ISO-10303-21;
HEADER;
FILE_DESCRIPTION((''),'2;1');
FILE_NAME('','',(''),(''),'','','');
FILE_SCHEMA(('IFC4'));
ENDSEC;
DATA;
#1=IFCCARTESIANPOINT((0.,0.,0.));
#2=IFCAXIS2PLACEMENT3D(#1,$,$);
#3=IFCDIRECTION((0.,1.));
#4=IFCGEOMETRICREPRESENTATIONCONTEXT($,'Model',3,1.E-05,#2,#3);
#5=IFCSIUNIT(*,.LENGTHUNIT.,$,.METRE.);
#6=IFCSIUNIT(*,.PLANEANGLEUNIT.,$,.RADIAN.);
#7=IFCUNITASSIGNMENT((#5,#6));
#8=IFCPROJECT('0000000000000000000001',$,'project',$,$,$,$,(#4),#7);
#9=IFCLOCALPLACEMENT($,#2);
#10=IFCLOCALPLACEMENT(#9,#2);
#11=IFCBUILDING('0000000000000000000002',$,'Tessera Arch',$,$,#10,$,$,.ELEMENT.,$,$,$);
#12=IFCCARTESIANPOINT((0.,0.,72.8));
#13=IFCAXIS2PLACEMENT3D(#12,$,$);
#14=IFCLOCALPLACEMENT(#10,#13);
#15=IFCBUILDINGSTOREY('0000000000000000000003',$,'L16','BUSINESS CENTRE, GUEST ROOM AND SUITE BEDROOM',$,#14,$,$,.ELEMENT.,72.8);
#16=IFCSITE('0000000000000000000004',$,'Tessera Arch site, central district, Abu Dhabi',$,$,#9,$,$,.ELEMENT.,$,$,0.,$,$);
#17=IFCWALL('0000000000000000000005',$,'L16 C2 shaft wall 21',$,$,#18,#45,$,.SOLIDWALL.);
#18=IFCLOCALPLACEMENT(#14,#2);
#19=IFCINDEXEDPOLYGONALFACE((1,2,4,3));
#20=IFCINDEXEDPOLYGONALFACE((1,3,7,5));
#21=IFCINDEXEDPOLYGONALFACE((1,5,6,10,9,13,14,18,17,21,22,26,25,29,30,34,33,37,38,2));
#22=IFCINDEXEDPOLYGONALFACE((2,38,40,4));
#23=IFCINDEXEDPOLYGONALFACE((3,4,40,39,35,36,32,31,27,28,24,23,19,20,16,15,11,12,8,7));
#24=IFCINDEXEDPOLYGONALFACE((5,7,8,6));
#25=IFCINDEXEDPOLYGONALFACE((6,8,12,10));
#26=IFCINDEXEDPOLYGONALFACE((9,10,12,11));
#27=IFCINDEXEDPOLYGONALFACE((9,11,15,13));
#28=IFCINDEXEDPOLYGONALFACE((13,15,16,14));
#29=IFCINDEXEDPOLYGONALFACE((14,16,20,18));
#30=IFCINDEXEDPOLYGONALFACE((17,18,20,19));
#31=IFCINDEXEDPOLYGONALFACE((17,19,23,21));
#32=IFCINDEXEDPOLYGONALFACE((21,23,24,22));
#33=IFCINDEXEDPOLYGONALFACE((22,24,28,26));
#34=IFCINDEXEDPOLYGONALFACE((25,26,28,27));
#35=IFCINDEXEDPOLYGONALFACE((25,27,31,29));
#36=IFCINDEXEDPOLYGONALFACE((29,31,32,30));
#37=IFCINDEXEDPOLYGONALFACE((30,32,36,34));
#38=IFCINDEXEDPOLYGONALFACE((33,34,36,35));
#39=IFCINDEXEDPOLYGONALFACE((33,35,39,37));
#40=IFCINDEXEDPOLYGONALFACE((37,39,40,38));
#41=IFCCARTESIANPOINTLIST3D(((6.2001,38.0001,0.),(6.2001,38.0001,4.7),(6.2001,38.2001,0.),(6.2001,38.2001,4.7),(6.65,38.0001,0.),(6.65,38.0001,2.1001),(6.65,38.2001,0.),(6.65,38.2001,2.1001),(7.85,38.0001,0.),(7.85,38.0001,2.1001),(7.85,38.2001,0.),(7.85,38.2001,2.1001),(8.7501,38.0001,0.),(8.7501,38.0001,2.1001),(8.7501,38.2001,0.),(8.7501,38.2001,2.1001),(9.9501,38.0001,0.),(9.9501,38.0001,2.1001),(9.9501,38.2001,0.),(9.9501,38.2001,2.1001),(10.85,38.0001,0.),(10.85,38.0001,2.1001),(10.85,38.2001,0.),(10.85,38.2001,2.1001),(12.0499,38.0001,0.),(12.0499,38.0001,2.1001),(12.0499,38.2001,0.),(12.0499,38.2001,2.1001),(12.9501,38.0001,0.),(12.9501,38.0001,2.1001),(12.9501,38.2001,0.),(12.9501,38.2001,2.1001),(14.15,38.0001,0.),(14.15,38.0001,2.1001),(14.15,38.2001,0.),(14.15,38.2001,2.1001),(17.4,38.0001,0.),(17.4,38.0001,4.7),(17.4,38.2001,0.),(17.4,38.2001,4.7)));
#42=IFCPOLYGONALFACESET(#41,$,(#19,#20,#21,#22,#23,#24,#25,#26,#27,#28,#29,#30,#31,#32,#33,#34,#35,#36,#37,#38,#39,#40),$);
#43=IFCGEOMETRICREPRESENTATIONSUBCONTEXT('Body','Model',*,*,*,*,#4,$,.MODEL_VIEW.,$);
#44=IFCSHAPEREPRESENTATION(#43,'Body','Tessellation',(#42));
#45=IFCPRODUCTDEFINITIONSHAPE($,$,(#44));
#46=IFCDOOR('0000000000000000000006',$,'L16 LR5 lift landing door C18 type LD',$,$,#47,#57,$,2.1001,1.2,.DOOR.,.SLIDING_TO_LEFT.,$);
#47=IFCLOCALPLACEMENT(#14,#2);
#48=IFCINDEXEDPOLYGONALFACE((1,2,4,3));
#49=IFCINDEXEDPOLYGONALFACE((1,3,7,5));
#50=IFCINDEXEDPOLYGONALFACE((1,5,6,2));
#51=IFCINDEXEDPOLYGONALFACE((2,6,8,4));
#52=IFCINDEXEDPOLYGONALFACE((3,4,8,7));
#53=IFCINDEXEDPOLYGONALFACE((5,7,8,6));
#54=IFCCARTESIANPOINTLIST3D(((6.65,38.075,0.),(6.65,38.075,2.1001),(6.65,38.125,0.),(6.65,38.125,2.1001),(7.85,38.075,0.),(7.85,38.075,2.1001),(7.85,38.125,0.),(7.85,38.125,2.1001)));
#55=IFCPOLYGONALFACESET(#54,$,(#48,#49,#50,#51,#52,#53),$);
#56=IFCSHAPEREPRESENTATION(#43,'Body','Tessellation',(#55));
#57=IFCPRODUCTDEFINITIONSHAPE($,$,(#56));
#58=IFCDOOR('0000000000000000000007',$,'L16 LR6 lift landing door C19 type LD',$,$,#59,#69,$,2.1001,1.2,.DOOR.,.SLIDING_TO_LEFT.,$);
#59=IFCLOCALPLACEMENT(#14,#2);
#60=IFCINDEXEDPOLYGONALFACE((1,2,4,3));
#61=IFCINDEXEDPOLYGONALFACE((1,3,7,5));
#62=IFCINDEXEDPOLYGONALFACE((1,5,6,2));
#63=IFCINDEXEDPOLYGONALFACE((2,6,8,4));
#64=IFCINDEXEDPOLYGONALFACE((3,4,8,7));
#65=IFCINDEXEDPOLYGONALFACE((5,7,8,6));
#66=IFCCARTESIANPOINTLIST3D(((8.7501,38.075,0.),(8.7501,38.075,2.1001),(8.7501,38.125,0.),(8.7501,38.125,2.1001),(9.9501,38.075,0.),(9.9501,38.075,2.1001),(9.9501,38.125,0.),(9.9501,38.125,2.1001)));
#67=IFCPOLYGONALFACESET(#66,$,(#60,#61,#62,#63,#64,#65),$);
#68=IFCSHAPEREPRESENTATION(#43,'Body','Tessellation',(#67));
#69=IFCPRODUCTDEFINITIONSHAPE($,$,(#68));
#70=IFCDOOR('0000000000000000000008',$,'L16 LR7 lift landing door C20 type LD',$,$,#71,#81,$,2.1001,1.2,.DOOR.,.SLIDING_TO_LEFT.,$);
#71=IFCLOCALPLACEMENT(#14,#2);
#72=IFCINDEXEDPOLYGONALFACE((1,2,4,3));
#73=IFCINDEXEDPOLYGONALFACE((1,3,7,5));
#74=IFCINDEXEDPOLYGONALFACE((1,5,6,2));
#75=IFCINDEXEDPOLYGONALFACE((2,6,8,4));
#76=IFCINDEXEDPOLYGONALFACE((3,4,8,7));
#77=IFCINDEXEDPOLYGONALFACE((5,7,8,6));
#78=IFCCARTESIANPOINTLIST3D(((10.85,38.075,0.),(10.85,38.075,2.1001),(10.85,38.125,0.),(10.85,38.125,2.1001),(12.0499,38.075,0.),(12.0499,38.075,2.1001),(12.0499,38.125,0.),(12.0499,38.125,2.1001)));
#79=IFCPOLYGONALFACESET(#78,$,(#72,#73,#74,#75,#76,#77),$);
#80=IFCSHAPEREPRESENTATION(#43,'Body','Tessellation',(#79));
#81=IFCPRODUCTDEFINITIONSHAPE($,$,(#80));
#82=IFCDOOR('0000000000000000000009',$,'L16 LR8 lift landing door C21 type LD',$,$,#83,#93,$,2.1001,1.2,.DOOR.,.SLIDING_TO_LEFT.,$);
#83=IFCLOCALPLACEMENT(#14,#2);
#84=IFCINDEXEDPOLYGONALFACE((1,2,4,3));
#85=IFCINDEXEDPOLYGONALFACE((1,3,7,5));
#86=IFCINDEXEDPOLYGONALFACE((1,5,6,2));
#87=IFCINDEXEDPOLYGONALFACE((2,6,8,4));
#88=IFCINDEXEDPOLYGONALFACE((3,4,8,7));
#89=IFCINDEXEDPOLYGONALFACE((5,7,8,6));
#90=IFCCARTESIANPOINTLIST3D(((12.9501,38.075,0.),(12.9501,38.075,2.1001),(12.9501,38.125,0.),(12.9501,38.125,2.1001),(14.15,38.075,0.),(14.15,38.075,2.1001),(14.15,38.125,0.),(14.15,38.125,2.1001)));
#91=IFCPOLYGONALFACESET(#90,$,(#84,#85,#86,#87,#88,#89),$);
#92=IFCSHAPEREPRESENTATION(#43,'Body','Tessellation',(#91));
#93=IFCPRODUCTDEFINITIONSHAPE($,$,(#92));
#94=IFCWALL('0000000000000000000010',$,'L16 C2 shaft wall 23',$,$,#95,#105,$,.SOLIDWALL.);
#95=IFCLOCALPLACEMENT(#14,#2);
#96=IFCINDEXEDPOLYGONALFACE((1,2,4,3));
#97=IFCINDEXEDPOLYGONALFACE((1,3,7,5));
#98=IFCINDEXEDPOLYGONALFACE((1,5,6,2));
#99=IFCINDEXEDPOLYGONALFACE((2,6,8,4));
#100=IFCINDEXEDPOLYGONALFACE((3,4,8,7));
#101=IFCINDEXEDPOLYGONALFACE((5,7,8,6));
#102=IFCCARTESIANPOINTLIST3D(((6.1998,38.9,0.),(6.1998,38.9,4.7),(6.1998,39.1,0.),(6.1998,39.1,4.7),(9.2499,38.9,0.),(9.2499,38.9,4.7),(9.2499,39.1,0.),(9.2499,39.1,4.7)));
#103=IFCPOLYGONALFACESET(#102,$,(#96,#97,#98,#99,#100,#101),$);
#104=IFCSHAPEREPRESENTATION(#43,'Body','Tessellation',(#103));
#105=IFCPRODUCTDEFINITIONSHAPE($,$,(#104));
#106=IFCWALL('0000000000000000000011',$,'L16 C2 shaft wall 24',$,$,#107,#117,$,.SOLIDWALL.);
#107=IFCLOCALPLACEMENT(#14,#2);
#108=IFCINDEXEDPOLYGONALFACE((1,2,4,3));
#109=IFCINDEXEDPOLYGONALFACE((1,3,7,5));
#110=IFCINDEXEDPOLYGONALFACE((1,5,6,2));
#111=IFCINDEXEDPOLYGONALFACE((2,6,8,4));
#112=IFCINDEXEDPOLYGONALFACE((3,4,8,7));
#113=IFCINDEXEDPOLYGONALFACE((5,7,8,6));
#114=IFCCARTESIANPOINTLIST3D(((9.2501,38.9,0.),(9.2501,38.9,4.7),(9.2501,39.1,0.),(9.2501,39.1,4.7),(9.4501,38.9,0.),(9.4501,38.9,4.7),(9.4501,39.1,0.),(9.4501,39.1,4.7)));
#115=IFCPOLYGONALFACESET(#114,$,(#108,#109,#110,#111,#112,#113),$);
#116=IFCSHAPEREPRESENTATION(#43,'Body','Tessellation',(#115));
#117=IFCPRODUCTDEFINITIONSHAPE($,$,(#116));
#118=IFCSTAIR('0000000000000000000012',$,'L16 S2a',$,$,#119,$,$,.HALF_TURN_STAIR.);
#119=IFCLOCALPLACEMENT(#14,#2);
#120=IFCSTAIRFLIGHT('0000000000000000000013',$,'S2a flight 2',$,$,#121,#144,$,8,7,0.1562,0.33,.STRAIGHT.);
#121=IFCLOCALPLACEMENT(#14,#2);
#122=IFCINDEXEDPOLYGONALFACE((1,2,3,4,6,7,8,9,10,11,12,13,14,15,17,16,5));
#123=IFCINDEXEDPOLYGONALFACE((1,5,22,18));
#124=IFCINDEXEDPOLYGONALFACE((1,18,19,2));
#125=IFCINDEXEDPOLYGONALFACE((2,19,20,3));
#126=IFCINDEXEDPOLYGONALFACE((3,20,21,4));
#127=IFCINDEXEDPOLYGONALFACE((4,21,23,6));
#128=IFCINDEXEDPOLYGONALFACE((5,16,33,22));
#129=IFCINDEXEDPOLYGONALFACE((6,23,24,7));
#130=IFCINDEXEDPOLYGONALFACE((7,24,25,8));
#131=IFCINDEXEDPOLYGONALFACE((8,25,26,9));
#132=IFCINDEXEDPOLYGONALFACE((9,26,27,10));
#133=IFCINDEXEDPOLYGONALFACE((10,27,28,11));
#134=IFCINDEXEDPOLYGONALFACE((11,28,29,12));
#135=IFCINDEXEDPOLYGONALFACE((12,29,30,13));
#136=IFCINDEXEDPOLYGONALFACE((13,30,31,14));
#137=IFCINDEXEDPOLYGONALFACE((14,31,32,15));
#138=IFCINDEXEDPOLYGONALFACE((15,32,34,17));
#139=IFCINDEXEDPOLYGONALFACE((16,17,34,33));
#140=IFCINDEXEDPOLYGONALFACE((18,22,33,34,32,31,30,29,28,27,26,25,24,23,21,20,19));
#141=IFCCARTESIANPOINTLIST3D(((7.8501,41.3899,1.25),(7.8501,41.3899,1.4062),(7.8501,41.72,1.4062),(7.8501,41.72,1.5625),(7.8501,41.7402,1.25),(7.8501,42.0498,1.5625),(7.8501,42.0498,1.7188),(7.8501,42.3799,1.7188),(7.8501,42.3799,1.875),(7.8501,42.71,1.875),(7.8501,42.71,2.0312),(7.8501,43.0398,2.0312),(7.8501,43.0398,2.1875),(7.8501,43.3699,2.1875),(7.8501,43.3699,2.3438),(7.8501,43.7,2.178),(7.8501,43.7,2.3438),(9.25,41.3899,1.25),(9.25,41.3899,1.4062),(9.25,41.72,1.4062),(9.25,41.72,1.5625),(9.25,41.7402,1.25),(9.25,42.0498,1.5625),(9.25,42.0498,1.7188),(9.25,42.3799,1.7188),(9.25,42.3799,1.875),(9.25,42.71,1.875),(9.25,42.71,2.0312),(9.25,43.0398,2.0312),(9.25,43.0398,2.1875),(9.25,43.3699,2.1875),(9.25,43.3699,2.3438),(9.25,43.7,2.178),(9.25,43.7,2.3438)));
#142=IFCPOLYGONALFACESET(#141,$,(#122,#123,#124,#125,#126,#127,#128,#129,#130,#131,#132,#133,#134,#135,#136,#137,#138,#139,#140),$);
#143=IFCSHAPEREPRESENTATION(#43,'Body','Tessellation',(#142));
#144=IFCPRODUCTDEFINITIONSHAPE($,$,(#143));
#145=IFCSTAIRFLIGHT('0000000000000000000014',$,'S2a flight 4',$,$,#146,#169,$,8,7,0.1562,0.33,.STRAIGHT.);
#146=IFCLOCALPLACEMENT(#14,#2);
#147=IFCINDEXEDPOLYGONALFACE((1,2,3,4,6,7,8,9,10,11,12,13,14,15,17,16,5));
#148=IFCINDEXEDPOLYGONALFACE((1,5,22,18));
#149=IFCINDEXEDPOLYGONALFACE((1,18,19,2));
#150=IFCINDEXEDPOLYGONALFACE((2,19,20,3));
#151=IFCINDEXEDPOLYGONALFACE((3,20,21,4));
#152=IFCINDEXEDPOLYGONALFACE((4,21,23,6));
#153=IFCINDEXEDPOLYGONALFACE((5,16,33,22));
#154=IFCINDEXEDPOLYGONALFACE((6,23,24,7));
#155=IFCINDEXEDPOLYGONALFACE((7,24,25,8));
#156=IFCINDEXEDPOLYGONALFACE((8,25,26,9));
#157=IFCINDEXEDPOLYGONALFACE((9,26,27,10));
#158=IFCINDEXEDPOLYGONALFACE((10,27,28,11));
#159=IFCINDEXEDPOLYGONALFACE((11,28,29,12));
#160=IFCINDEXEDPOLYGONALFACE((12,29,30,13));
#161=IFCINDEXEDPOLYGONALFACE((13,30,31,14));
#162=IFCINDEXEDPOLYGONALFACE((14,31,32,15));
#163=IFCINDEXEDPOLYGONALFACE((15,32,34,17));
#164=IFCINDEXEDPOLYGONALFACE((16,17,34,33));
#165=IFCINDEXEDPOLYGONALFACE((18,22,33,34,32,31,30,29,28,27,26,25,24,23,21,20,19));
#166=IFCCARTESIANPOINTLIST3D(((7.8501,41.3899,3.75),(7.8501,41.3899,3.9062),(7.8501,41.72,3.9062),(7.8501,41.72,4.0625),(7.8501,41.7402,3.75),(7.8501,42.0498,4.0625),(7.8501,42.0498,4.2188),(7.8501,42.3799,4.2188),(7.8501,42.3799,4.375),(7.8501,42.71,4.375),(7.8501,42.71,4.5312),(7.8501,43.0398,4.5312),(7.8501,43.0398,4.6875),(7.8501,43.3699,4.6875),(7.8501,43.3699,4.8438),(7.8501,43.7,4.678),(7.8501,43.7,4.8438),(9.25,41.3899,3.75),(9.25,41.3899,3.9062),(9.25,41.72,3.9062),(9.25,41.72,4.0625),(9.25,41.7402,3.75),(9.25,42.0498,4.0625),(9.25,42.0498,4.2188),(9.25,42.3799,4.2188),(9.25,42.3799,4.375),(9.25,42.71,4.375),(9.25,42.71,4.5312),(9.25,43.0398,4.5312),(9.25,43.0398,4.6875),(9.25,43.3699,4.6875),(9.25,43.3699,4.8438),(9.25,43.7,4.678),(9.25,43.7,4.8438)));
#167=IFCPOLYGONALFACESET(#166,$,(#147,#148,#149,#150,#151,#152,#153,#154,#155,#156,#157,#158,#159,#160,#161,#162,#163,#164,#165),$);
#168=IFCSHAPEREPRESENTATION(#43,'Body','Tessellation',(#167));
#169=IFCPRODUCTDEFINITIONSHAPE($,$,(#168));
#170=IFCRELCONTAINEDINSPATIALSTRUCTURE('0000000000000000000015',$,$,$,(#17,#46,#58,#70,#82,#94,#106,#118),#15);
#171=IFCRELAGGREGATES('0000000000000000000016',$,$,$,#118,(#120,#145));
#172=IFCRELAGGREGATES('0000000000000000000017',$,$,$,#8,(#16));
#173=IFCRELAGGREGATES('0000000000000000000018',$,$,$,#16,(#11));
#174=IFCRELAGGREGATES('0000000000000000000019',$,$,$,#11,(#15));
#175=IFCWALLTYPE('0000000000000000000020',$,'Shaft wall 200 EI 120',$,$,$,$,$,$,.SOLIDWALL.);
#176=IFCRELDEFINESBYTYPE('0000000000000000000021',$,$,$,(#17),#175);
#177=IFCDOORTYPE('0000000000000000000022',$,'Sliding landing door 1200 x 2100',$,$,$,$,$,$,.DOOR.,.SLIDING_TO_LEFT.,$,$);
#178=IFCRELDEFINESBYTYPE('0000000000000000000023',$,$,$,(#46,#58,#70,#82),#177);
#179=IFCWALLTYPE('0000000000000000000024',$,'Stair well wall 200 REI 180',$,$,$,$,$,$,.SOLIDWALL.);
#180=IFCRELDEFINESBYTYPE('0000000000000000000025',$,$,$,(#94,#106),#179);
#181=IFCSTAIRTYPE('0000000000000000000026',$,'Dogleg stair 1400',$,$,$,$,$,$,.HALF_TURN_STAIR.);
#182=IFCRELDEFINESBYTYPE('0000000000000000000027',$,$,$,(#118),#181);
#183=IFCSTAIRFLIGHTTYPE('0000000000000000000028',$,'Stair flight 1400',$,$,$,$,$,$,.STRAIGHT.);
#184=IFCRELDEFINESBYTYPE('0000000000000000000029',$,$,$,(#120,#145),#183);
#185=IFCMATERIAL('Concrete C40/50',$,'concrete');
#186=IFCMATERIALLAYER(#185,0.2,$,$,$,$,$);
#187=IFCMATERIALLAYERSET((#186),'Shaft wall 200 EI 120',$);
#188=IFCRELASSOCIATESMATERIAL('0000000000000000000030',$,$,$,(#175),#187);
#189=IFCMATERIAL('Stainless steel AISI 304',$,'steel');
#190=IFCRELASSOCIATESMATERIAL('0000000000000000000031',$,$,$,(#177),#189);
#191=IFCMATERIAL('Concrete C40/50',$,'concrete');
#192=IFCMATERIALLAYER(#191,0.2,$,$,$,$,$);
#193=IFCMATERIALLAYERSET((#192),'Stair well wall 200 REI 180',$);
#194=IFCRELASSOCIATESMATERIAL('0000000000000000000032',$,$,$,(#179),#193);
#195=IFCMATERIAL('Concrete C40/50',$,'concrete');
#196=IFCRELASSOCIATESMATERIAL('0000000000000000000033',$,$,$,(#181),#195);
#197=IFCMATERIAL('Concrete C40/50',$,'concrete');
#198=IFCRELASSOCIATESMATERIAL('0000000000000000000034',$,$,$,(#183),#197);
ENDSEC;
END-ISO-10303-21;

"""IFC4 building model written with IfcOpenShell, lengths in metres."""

from ifc_helpers import new_model, si_unit, direction, frame, frame_2d, origin, place, context, subcontext, project, spatial, polyline, rectangle, outline, extrude, material, layer, layer_set, type_object, element, fill, aggregate, save


model = new_model("IFC4")

# Units and contexts
model_context = context("Model", 3, precision=1e-05, world=origin(), true_north=direction((0.0, 1.0)))
body_context = subcontext(model_context, "Body", "Model", "MODEL_VIEW")
ifc_project = project(units=[si_unit("LENGTHUNIT", "METRE"), si_unit("PLANEANGLEUNIT", "RADIAN")], contexts=[model_context])

# Site, building, storey
site_placement = place(None, origin())
site = spatial("IfcSite", under=ifc_project, at=site_placement, Name="Tessera Arch site, central district, Abu Dhabi", CompositionType="ELEMENT", RefElevation=0.0)
building_placement = place(site_placement, origin())
building = spatial("IfcBuilding", under=site, at=building_placement, Name="Tessera Arch", CompositionType="ELEMENT")
storey_placement = place(building_placement, frame((0.0, 0.0, 72.8)))
storey = spatial("IfcBuildingStorey", under=building, at=storey_placement, Name="L16", Description="BUSINESS CENTRE, GUEST ROOM AND SUITE BEDROOM", CompositionType="ELEMENT", Elevation=72.8)

# Shared definitions
ifc_material_1 = material(Name="Concrete C40/50", Category="concrete")
ifc_layer_1 = layer(ifc_material_1, 0.2)
ifc_layer_set_1 = layer_set([ifc_layer_1], Name="Shaft wall 200 EI 120")
wall_type_1 = type_object("IfcWallType", Name="Shaft wall 200 EI 120", PredefinedType="SOLIDWALL", material=ifc_layer_set_1)

# Wall, openings, doors
wall_1_placement = place(storey_placement, frame((6.2, 38.1001, 0.0), z_axis=(0.0, 0.0, 1.0), x_axis=(1.0, 0.0, 0.0)))
wall_1 = element("IfcWall", 1, at=wall_1_placement, inside=storey, type_object=wall_type_1, Name="L16 C2 shaft wall 21", PredefinedType="SOLIDWALL", context=body_context, shape_type="SweptSolid", body=[
    extrude(rectangle(XDim=11.2, YDim=0.2, at=frame_2d((5.6001, 0.0))), origin(), (0.0, 0.0, 1.0), 4.7),
])
opening_1_placement = place(wall_1_placement, frame((0.45, 0.0, 0.0)))
opening_1 = element("IfcOpeningElement", 2, at=opening_1_placement, cuts=wall_1, PredefinedType="OPENING", context=body_context, shape_type="SweptSolid", body=[
    extrude(rectangle(XDim=1.2, YDim=2.1001, at=frame_2d((0.6001, 1.05))), frame((0.0, 0.1099, 0.0), z_axis=(0.0, -1.0, 0.0), x_axis=(1.0, 0.0, 0.0)), (0.0, 0.0, 1.0), 0.22),
])
opening_2_placement = place(wall_1_placement, frame((2.55, 0.0, 0.0)))
opening_2 = element("IfcOpeningElement", 3, at=opening_2_placement, cuts=wall_1, PredefinedType="OPENING", context=body_context, shape_type="SweptSolid", body=[
    extrude(rectangle(XDim=1.2, YDim=2.1001, at=frame_2d((0.6001, 1.05))), frame((0.0, 0.1099, 0.0), z_axis=(0.0, -1.0, 0.0), x_axis=(1.0, 0.0, 0.0)), (0.0, 0.0, 1.0), 0.22),
])
opening_3_placement = place(wall_1_placement, frame((4.6499, 0.0, 0.0)))
opening_3 = element("IfcOpeningElement", 4, at=opening_3_placement, cuts=wall_1, PredefinedType="OPENING", context=body_context, shape_type="SweptSolid", body=[
    extrude(rectangle(XDim=1.2, YDim=2.1001, at=frame_2d((0.6001, 1.05))), frame((0.0, 0.1099, 0.0), z_axis=(0.0, -1.0, 0.0), x_axis=(1.0, 0.0, 0.0)), (0.0, 0.0, 1.0), 0.22),
])
opening_4_placement = place(wall_1_placement, frame((6.75, 0.0, 0.0)))
opening_4 = element("IfcOpeningElement", 5, at=opening_4_placement, cuts=wall_1, PredefinedType="OPENING", context=body_context, shape_type="SweptSolid", body=[
    extrude(rectangle(XDim=1.2, YDim=2.1001, at=frame_2d((0.6001, 1.05))), frame((0.0, 0.1099, 0.0), z_axis=(0.0, -1.0, 0.0), x_axis=(1.0, 0.0, 0.0)), (0.0, 0.0, 1.0), 0.22),
])
ifc_material_2 = material(Name="Stainless steel AISI 304", Category="steel")
door_type = type_object("IfcDoorType", Name="Sliding landing door 1200 x 2100", OperationType="SLIDING_TO_LEFT", PredefinedType="DOOR", material=ifc_material_2)
door_1_placement = place(opening_1_placement, origin())
door_1 = element("IfcDoor", 6, at=door_1_placement, inside=storey, type_object=door_type, Name="L16 LR5 lift landing door C18 type LD", OperationType="SLIDING_TO_LEFT", OverallHeight=2.1001, OverallWidth=1.2, PredefinedType="DOOR", context=body_context, shape_type="SweptSolid", body=[
    extrude(rectangle(XDim=1.2, YDim=2.1001, at=frame_2d((0.6001, 1.05))), frame((0.0, 0.0249, 0.0), z_axis=(0.0, -1.0, 0.0), x_axis=(1.0, 0.0, 0.0)), (0.0, 0.0, 1.0), 0.05),
])
fill(opening_1, door_1)
door_2_placement = place(opening_2_placement, origin())
door_2 = element("IfcDoor", 7, at=door_2_placement, inside=storey, type_object=door_type, Name="L16 LR6 lift landing door C19 type LD", OperationType="SLIDING_TO_LEFT", OverallHeight=2.1001, OverallWidth=1.2, PredefinedType="DOOR", context=body_context, shape_type="SweptSolid", body=[
    extrude(rectangle(XDim=1.2, YDim=2.1001, at=frame_2d((0.6001, 1.05))), frame((0.0, 0.0249, 0.0), z_axis=(0.0, -1.0, 0.0), x_axis=(1.0, 0.0, 0.0)), (0.0, 0.0, 1.0), 0.05),
])
fill(opening_2, door_2)
door_3_placement = place(opening_3_placement, origin())
door_3 = element("IfcDoor", 8, at=door_3_placement, inside=storey, type_object=door_type, Name="L16 LR7 lift landing door C20 type LD", OperationType="SLIDING_TO_LEFT", OverallHeight=2.1001, OverallWidth=1.2, PredefinedType="DOOR", context=body_context, shape_type="SweptSolid", body=[
    extrude(rectangle(XDim=1.2, YDim=2.1001, at=frame_2d((0.6001, 1.05))), frame((0.0, 0.0249, 0.0), z_axis=(0.0, -1.0, 0.0), x_axis=(1.0, 0.0, 0.0)), (0.0, 0.0, 1.0), 0.05),
])
fill(opening_3, door_3)
door_4_placement = place(opening_4_placement, origin())
door_4 = element("IfcDoor", 9, at=door_4_placement, inside=storey, type_object=door_type, Name="L16 LR8 lift landing door C21 type LD", OperationType="SLIDING_TO_LEFT", OverallHeight=2.1001, OverallWidth=1.2, PredefinedType="DOOR", context=body_context, shape_type="SweptSolid", body=[
    extrude(rectangle(XDim=1.2, YDim=2.1001, at=frame_2d((0.6001, 1.05))), frame((0.0, 0.0249, 0.0), z_axis=(0.0, -1.0, 0.0), x_axis=(1.0, 0.0, 0.0)), (0.0, 0.0, 1.0), 0.05),
])
fill(opening_4, door_4)

# Walls
ifc_material_3 = material(Name="Concrete C40/50", Category="concrete")
ifc_layer_2 = layer(ifc_material_3, 0.2)
ifc_layer_set_2 = layer_set([ifc_layer_2], Name="Stair well wall 200 REI 180")
wall_type_2 = type_object("IfcWallType", Name="Stair well wall 200 REI 180", PredefinedType="SOLIDWALL", material=ifc_layer_set_2)
wall_2_placement = place(storey_placement, frame((6.2, 39.0, 0.0), z_axis=(0.0, 0.0, 1.0), x_axis=(1.0, 0.0, 0.0)))
element("IfcWall", 10, at=wall_2_placement, inside=storey, type_object=wall_type_2, Name="L16 C2 shaft wall 23", PredefinedType="SOLIDWALL", context=body_context, shape_type="SweptSolid", body=[
    extrude(rectangle(XDim=3.05, YDim=0.2, at=frame_2d((1.5249, 0.0))), origin(), (0.0, 0.0, 1.0), 4.7),
])
wall_3_placement = place(storey_placement, frame((9.25, 39.0, 0.0), z_axis=(0.0, 0.0, 1.0), x_axis=(1.0, 0.0, 0.0)))
element("IfcWall", 11, at=wall_3_placement, inside=storey, type_object=wall_type_2, Name="L16 C2 shaft wall 24", PredefinedType="SOLIDWALL", context=body_context, shape_type="SweptSolid", body=[
    extrude(rectangle(XDim=0.2, YDim=0.2, at=frame_2d((0.1001, 0.0))), origin(), (0.0, 0.0, 1.0), 4.7),
])

# Stair, stair flights
ifc_material_4 = material(Name="Concrete C40/50", Category="concrete")
stair_type = type_object("IfcStairType", Name="Dogleg stair 1400", PredefinedType="HALF_TURN_STAIR", material=ifc_material_4)
stair_placement = place(storey_placement, origin())
stair = element("IfcStair", 12, at=stair_placement, inside=storey, type_object=stair_type, Name="L16 S2a", PredefinedType="HALF_TURN_STAIR")
ifc_material_5 = material(Name="Concrete C40/50", Category="concrete")
stair_flight_type = type_object("IfcStairFlightType", Name="Stair flight 1400", PredefinedType="STRAIGHT", material=ifc_material_5)
stair_flight_1_placement = place(storey_placement, frame((8.55, 41.3899, 1.25), z_axis=(0.0, 0.0, 1.0), x_axis=(0.0, 1.0, 0.0)))
stair_flight_1 = element("IfcStairFlight", 13, at=stair_flight_1_placement, type_object=stair_flight_type, Name="S2a flight 2", NumberOfRisers=8, NumberOfTreads=7, PredefinedType="STRAIGHT", RiserHeight=0.1562, TreadLength=0.33, context=body_context, shape_type="SweptSolid", body=[
    extrude(outline(polyline([(0.0, 0.0), (0.0, 0.1562), (0.3301, 0.1562), (0.3301, 0.3125), (0.6599, 0.3125), (0.6599, 0.4688), (0.99, 0.4688), (0.99, 0.625), (1.3201, 0.625), (1.3201, 0.7812), (1.6499, 0.7812), (1.6499, 0.9375), (1.98, 0.9375), (1.98, 1.0938), (2.3101, 1.0938), (2.3101, 1.25), (2.3101, 0.928), (0.3503, 0.0), (0.0, 0.0)])), frame((0.0, 0.7, 0.0), z_axis=(0.0, -1.0, 0.0), x_axis=(1.0, 0.0, 0.0)), (0.0, 0.0, 1.0), 1.3999),
])
stair_flight_2_placement = place(storey_placement, frame((8.55, 41.3899, 3.75), z_axis=(0.0, 0.0, 1.0), x_axis=(0.0, 1.0, 0.0)))
stair_flight_2 = element("IfcStairFlight", 14, at=stair_flight_2_placement, type_object=stair_flight_type, Name="S2a flight 4", NumberOfRisers=8, NumberOfTreads=7, PredefinedType="STRAIGHT", RiserHeight=0.1562, TreadLength=0.33, context=body_context, shape_type="SweptSolid", body=[
    extrude(outline(polyline([(0.0, 0.0), (0.0, 0.1562), (0.3301, 0.1562), (0.3301, 0.3125), (0.6599, 0.3125), (0.6599, 0.4688), (0.99, 0.4688), (0.99, 0.625), (1.3201, 0.625), (1.3201, 0.7812), (1.6499, 0.7812), (1.6499, 0.9375), (1.98, 0.9375), (1.98, 1.0938), (2.3101, 1.0938), (2.3101, 1.25), (2.3101, 0.928), (0.3503, 0.0), (0.0, 0.0)])), frame((0.0, 0.7, 0.0), z_axis=(0.0, -1.0, 0.0), x_axis=(1.0, 0.0, 0.0)), (0.0, 0.0, 1.0), 1.3999),
])
aggregate(stair, [stair_flight_1, stair_flight_2])

save(model, "model.ifc")
